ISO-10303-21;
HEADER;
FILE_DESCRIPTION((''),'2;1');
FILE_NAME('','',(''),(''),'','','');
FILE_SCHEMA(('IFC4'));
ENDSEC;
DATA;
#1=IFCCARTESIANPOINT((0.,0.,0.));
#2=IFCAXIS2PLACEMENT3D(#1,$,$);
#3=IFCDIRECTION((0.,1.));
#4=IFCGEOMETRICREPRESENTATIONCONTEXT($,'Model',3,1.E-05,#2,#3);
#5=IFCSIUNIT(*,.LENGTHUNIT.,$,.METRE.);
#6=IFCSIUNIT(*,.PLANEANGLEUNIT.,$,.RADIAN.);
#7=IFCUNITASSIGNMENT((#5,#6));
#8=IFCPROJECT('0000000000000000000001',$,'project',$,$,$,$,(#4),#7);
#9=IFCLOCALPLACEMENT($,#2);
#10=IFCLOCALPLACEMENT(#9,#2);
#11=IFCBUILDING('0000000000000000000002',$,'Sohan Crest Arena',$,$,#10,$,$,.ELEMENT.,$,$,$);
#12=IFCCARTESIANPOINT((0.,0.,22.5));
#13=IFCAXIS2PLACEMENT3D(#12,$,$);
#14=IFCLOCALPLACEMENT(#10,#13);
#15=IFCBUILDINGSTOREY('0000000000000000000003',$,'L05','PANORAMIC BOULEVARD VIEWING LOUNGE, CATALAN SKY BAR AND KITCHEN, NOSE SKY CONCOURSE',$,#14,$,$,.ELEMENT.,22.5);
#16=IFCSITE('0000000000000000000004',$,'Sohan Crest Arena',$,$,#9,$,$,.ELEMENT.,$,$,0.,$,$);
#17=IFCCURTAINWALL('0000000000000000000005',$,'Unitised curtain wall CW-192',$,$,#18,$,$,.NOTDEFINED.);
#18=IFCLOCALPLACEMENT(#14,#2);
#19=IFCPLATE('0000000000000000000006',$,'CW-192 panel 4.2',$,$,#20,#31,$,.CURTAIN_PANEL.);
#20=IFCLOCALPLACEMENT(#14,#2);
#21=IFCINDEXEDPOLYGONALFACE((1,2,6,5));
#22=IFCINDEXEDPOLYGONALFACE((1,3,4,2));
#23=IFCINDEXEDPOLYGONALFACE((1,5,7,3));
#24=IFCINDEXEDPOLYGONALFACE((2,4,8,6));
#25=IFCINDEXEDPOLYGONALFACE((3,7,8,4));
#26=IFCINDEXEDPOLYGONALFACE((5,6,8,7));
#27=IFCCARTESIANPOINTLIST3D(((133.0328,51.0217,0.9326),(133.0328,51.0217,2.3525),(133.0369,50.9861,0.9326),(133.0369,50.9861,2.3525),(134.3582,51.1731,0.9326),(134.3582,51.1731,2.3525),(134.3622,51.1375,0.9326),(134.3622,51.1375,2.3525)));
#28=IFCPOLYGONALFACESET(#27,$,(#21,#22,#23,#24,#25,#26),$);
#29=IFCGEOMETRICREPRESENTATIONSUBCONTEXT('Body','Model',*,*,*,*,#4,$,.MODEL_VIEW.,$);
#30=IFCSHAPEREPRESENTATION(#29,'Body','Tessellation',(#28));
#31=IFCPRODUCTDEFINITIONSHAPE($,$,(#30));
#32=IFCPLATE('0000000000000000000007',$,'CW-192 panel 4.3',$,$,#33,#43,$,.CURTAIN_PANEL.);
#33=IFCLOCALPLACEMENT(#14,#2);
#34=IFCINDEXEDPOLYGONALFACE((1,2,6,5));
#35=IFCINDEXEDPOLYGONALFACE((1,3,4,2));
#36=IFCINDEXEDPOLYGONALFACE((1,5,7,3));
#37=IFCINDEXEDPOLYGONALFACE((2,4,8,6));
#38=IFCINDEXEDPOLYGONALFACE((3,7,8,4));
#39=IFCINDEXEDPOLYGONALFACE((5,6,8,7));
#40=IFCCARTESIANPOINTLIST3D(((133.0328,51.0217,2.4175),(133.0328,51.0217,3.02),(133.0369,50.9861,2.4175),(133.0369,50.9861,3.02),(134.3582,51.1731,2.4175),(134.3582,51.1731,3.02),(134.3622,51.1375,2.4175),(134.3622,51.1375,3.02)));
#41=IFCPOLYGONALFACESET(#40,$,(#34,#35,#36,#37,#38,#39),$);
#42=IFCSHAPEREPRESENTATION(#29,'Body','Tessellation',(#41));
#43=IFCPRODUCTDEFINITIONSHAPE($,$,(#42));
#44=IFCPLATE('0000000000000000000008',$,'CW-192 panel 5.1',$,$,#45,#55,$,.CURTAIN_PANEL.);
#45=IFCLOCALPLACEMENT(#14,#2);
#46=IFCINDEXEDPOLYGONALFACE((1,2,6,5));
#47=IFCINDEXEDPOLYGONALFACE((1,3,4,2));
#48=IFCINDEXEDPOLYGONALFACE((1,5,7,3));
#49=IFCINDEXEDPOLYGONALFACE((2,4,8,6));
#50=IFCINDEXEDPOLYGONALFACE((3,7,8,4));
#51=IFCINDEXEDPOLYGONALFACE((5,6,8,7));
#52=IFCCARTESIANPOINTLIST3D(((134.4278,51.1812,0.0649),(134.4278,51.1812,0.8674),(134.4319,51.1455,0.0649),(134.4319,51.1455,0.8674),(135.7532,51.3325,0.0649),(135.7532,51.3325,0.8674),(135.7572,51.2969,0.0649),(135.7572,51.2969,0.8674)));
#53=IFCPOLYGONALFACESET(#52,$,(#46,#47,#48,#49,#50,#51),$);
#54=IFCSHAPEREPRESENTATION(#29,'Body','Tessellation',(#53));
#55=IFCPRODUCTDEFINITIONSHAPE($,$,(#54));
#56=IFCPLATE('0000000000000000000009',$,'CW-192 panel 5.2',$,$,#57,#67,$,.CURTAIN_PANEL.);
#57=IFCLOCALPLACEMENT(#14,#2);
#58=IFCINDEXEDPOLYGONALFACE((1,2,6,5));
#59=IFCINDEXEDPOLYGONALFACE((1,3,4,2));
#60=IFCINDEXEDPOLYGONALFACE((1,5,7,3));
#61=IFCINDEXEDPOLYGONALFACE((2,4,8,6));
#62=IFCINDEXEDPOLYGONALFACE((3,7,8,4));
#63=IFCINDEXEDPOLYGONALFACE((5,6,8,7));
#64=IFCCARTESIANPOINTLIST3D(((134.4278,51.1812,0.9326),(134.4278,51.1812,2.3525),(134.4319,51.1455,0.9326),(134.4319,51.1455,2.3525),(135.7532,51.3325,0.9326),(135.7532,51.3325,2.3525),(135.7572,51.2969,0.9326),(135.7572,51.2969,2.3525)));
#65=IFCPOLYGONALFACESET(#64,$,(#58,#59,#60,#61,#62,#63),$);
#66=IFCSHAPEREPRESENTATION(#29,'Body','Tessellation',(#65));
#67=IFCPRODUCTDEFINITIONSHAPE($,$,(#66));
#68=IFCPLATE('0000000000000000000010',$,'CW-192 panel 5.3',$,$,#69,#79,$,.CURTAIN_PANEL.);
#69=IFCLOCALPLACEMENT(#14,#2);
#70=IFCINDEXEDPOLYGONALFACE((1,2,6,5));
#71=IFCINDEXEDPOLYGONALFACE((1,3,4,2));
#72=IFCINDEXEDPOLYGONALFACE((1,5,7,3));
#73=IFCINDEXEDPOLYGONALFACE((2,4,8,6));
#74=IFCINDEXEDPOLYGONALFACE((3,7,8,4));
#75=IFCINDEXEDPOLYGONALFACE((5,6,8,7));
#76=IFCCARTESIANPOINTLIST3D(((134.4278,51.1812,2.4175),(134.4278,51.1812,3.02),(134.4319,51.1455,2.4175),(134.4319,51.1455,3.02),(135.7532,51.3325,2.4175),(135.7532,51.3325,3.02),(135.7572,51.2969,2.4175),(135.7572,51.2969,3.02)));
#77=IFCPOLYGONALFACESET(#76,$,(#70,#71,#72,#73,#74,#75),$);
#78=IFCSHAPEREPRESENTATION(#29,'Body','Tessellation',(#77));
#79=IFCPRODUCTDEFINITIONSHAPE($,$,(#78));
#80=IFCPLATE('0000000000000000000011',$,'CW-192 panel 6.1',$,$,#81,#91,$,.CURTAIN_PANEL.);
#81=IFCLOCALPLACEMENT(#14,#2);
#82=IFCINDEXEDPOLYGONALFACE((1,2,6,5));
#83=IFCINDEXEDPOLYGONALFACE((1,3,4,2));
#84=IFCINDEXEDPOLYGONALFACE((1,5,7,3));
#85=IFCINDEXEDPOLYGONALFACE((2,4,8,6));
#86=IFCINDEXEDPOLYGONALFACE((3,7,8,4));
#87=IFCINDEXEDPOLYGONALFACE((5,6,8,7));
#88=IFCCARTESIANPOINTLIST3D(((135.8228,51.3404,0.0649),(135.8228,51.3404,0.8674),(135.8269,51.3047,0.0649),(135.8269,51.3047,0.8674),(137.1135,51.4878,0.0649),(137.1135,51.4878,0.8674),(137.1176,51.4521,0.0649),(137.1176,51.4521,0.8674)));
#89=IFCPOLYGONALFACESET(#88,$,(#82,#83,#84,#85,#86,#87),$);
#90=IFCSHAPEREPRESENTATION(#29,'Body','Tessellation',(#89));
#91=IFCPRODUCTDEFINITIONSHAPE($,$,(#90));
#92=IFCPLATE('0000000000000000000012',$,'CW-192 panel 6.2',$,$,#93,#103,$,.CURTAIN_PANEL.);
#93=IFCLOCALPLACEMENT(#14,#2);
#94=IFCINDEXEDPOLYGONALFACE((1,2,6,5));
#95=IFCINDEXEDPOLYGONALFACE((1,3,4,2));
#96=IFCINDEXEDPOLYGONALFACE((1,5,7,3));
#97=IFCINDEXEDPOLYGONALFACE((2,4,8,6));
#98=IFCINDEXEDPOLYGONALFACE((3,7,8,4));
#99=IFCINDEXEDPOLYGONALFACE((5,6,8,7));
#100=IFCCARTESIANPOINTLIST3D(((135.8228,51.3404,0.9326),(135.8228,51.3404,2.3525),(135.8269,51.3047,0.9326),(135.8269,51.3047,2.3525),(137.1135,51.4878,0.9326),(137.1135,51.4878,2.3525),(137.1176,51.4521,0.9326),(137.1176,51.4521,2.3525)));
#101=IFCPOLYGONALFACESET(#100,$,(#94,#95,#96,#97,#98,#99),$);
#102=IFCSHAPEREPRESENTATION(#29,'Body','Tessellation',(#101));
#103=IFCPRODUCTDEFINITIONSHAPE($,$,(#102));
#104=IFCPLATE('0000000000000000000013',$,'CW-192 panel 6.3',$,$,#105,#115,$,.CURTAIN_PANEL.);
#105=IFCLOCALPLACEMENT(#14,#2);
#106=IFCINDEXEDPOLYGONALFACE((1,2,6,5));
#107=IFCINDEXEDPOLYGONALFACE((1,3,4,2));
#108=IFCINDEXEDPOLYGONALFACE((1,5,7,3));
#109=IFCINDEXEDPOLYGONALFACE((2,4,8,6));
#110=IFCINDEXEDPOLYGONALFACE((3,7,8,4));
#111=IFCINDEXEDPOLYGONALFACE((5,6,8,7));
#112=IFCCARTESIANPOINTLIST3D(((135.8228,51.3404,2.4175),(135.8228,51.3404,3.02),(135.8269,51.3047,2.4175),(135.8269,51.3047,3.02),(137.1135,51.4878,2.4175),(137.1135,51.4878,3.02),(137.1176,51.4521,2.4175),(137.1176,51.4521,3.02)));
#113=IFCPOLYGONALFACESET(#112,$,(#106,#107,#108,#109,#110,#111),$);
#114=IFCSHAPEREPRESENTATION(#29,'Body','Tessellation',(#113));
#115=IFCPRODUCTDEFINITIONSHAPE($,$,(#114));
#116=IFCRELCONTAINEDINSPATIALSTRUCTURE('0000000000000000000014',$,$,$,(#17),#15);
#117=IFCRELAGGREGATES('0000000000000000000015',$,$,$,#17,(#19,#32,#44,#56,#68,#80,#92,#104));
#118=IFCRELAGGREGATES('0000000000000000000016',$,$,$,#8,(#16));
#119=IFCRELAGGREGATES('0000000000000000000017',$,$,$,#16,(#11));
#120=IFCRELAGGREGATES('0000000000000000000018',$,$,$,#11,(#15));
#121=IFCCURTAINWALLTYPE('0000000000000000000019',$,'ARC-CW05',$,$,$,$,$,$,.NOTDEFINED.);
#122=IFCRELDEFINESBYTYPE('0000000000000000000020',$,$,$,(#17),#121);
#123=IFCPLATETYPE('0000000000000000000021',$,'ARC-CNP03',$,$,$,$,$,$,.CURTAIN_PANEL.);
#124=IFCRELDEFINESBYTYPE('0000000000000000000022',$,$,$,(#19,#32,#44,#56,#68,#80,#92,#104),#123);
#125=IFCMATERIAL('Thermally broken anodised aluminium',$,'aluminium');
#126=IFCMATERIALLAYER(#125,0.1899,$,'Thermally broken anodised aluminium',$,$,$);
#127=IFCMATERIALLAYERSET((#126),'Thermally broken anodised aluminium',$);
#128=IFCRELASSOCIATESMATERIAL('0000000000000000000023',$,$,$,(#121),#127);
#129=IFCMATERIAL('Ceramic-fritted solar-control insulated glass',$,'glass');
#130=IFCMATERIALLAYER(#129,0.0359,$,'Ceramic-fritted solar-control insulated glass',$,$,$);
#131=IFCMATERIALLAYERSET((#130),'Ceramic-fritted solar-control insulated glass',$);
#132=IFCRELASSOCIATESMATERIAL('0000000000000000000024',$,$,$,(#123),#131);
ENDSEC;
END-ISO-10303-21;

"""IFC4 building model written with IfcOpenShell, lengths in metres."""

from ifc_helpers import new_model, si_unit, direction, frame, origin, origin_2d, place, context, subcontext, project, spatial, rectangle, extrude, material, layer, layer_set, type_object, element, aggregate, save


model = new_model("IFC4")

# Units and contexts
model_context = context("Model", 3, precision=1e-05, world=origin(), true_north=direction((0.0, 1.0)))
body_context = subcontext(model_context, "Body", "Model", "MODEL_VIEW")
ifc_project = project(units=[si_unit("LENGTHUNIT", "METRE"), si_unit("PLANEANGLEUNIT", "RADIAN")], contexts=[model_context])

# Site, building, storey
site_placement = place(None, origin())
site = spatial("IfcSite", under=ifc_project, at=site_placement, Name="Sohan Crest Arena", CompositionType="ELEMENT", RefElevation=0.0)
building_placement = place(site_placement, origin())
building = spatial("IfcBuilding", under=site, at=building_placement, Name="Sohan Crest Arena", CompositionType="ELEMENT")
storey_placement = place(building_placement, frame((0.0, 0.0, 22.5)))
storey = spatial("IfcBuildingStorey", under=building, at=storey_placement, Name="L05", Description="PANORAMIC BOULEVARD VIEWING LOUNGE, CATALAN SKY BAR AND KITCHEN, NOSE SKY CONCOURSE", CompositionType="ELEMENT", Elevation=22.5)

# Curtain wall, plates
ifc_material_1 = material(Name="Thermally broken anodised aluminium", Category="aluminium")
ifc_layer_1 = layer(ifc_material_1, 0.1899, Name="Thermally broken anodised aluminium")
ifc_layer_set_1 = layer_set([ifc_layer_1], Name="Thermally broken anodised aluminium")
curtain_wall_type = type_object("IfcCurtainWallType", Name="ARC-CW05", PredefinedType="NOTDEFINED", material=ifc_layer_set_1)
curtain_wall_placement = place(storey_placement, origin())
curtain_wall = element("IfcCurtainWall", 1, at=curtain_wall_placement, inside=storey, type_object=curtain_wall_type, Name="Unitised curtain wall CW-192", PredefinedType="NOTDEFINED")
ifc_material_2 = material(Name="Ceramic-fritted solar-control insulated glass", Category="glass")
ifc_layer_2 = layer(ifc_material_2, 0.0359, Name="Ceramic-fritted solar-control insulated glass")
ifc_layer_set_2 = layer_set([ifc_layer_2], Name="Ceramic-fritted solar-control insulated glass")
plate_type = type_object("IfcPlateType", Name="ARC-CNP03", PredefinedType="CURTAIN_PANEL", material=ifc_layer_set_2)
plate_1_placement = place(storey_placement, frame((133.6975, 51.0796, 0.9326), z_axis=(0.0, 0.0, 1.0), x_axis=(0.99354, 0.11348, 0.0)))
plate_1 = element("IfcPlate", 2, at=plate_1_placement, type_object=plate_type, Name="CW-192 panel 4.2", PredefinedType="CURTAIN_PANEL", context=body_context, shape_type="SweptSolid", body=[
    extrude(rectangle(XDim=1.334, YDim=0.0359, at=origin_2d()), origin(), (0.0, 0.0, 1.0), 1.4199),
])
plate_2_placement = place(storey_placement, frame((133.6975, 51.0796, 2.4175), z_axis=(0.0, 0.0, 1.0), x_axis=(0.99354, 0.11348, 0.0)))
plate_2 = element("IfcPlate", 3, at=plate_2_placement, type_object=plate_type, Name="CW-192 panel 4.3", PredefinedType="CURTAIN_PANEL", context=body_context, shape_type="SweptSolid", body=[
    extrude(rectangle(XDim=1.334, YDim=0.0359, at=origin_2d()), origin(), (0.0, 0.0, 1.0), 0.6025),
])
plate_3_placement = place(storey_placement, frame((135.0925, 51.239, 0.0649), z_axis=(0.0, 0.0, 1.0), x_axis=(0.99354, 0.11348, 0.0)))
plate_3 = element("IfcPlate", 4, at=plate_3_placement, type_object=plate_type, Name="CW-192 panel 5.1", PredefinedType="CURTAIN_PANEL", context=body_context, shape_type="SweptSolid", body=[
    extrude(rectangle(XDim=1.334, YDim=0.0359, at=origin_2d()), origin(), (0.0, 0.0, 1.0), 0.8025),
])
plate_4_placement = place(storey_placement, frame((135.0925, 51.239, 0.9326), z_axis=(0.0, 0.0, 1.0), x_axis=(0.99354, 0.11348, 0.0)))
plate_4 = element("IfcPlate", 5, at=plate_4_placement, type_object=plate_type, Name="CW-192 panel 5.2", PredefinedType="CURTAIN_PANEL", context=body_context, shape_type="SweptSolid", body=[
    extrude(rectangle(XDim=1.334, YDim=0.0359, at=origin_2d()), origin(), (0.0, 0.0, 1.0), 1.4199),
])
plate_5_placement = place(storey_placement, frame((135.0925, 51.239, 2.4175), z_axis=(0.0, 0.0, 1.0), x_axis=(0.99354, 0.11348, 0.0)))
plate_5 = element("IfcPlate", 6, at=plate_5_placement, type_object=plate_type, Name="CW-192 panel 5.3", PredefinedType="CURTAIN_PANEL", context=body_context, shape_type="SweptSolid", body=[
    extrude(rectangle(XDim=1.334, YDim=0.0359, at=origin_2d()), origin(), (0.0, 0.0, 1.0), 0.6025),
])
plate_6_placement = place(storey_placement, frame((136.4702, 51.3962, 0.0649), z_axis=(0.0, 0.0, 1.0), x_axis=(0.99354, 0.11348, 0.0)))
plate_6 = element("IfcPlate", 7, at=plate_6_placement, type_object=plate_type, Name="CW-192 panel 6.1", PredefinedType="CURTAIN_PANEL", context=body_context, shape_type="SweptSolid", body=[
    extrude(rectangle(XDim=1.2991, YDim=0.0359, at=origin_2d()), origin(), (0.0, 0.0, 1.0), 0.8025),
])
plate_7_placement = place(storey_placement, frame((136.4702, 51.3962, 0.9326), z_axis=(0.0, 0.0, 1.0), x_axis=(0.99354, 0.11348, 0.0)))
plate_7 = element("IfcPlate", 8, at=plate_7_placement, type_object=plate_type, Name="CW-192 panel 6.2", PredefinedType="CURTAIN_PANEL", context=body_context, shape_type="SweptSolid", body=[
    extrude(rectangle(XDim=1.2991, YDim=0.0359, at=origin_2d()), origin(), (0.0, 0.0, 1.0), 1.4199),
])
plate_8_placement = place(storey_placement, frame((136.4702, 51.3962, 2.4175), z_axis=(0.0, 0.0, 1.0), x_axis=(0.99354, 0.11348, 0.0)))
plate_8 = element("IfcPlate", 9, at=plate_8_placement, type_object=plate_type, Name="CW-192 panel 6.3", PredefinedType="CURTAIN_PANEL", context=body_context, shape_type="SweptSolid", body=[
    extrude(rectangle(XDim=1.2991, YDim=0.0359, at=origin_2d()), origin(), (0.0, 0.0, 1.0), 0.6025),
])
aggregate(curtain_wall, [plate_1, plate_2, plate_3, plate_4, plate_5, plate_6, plate_7, plate_8])

save(model, "model.ifc")
